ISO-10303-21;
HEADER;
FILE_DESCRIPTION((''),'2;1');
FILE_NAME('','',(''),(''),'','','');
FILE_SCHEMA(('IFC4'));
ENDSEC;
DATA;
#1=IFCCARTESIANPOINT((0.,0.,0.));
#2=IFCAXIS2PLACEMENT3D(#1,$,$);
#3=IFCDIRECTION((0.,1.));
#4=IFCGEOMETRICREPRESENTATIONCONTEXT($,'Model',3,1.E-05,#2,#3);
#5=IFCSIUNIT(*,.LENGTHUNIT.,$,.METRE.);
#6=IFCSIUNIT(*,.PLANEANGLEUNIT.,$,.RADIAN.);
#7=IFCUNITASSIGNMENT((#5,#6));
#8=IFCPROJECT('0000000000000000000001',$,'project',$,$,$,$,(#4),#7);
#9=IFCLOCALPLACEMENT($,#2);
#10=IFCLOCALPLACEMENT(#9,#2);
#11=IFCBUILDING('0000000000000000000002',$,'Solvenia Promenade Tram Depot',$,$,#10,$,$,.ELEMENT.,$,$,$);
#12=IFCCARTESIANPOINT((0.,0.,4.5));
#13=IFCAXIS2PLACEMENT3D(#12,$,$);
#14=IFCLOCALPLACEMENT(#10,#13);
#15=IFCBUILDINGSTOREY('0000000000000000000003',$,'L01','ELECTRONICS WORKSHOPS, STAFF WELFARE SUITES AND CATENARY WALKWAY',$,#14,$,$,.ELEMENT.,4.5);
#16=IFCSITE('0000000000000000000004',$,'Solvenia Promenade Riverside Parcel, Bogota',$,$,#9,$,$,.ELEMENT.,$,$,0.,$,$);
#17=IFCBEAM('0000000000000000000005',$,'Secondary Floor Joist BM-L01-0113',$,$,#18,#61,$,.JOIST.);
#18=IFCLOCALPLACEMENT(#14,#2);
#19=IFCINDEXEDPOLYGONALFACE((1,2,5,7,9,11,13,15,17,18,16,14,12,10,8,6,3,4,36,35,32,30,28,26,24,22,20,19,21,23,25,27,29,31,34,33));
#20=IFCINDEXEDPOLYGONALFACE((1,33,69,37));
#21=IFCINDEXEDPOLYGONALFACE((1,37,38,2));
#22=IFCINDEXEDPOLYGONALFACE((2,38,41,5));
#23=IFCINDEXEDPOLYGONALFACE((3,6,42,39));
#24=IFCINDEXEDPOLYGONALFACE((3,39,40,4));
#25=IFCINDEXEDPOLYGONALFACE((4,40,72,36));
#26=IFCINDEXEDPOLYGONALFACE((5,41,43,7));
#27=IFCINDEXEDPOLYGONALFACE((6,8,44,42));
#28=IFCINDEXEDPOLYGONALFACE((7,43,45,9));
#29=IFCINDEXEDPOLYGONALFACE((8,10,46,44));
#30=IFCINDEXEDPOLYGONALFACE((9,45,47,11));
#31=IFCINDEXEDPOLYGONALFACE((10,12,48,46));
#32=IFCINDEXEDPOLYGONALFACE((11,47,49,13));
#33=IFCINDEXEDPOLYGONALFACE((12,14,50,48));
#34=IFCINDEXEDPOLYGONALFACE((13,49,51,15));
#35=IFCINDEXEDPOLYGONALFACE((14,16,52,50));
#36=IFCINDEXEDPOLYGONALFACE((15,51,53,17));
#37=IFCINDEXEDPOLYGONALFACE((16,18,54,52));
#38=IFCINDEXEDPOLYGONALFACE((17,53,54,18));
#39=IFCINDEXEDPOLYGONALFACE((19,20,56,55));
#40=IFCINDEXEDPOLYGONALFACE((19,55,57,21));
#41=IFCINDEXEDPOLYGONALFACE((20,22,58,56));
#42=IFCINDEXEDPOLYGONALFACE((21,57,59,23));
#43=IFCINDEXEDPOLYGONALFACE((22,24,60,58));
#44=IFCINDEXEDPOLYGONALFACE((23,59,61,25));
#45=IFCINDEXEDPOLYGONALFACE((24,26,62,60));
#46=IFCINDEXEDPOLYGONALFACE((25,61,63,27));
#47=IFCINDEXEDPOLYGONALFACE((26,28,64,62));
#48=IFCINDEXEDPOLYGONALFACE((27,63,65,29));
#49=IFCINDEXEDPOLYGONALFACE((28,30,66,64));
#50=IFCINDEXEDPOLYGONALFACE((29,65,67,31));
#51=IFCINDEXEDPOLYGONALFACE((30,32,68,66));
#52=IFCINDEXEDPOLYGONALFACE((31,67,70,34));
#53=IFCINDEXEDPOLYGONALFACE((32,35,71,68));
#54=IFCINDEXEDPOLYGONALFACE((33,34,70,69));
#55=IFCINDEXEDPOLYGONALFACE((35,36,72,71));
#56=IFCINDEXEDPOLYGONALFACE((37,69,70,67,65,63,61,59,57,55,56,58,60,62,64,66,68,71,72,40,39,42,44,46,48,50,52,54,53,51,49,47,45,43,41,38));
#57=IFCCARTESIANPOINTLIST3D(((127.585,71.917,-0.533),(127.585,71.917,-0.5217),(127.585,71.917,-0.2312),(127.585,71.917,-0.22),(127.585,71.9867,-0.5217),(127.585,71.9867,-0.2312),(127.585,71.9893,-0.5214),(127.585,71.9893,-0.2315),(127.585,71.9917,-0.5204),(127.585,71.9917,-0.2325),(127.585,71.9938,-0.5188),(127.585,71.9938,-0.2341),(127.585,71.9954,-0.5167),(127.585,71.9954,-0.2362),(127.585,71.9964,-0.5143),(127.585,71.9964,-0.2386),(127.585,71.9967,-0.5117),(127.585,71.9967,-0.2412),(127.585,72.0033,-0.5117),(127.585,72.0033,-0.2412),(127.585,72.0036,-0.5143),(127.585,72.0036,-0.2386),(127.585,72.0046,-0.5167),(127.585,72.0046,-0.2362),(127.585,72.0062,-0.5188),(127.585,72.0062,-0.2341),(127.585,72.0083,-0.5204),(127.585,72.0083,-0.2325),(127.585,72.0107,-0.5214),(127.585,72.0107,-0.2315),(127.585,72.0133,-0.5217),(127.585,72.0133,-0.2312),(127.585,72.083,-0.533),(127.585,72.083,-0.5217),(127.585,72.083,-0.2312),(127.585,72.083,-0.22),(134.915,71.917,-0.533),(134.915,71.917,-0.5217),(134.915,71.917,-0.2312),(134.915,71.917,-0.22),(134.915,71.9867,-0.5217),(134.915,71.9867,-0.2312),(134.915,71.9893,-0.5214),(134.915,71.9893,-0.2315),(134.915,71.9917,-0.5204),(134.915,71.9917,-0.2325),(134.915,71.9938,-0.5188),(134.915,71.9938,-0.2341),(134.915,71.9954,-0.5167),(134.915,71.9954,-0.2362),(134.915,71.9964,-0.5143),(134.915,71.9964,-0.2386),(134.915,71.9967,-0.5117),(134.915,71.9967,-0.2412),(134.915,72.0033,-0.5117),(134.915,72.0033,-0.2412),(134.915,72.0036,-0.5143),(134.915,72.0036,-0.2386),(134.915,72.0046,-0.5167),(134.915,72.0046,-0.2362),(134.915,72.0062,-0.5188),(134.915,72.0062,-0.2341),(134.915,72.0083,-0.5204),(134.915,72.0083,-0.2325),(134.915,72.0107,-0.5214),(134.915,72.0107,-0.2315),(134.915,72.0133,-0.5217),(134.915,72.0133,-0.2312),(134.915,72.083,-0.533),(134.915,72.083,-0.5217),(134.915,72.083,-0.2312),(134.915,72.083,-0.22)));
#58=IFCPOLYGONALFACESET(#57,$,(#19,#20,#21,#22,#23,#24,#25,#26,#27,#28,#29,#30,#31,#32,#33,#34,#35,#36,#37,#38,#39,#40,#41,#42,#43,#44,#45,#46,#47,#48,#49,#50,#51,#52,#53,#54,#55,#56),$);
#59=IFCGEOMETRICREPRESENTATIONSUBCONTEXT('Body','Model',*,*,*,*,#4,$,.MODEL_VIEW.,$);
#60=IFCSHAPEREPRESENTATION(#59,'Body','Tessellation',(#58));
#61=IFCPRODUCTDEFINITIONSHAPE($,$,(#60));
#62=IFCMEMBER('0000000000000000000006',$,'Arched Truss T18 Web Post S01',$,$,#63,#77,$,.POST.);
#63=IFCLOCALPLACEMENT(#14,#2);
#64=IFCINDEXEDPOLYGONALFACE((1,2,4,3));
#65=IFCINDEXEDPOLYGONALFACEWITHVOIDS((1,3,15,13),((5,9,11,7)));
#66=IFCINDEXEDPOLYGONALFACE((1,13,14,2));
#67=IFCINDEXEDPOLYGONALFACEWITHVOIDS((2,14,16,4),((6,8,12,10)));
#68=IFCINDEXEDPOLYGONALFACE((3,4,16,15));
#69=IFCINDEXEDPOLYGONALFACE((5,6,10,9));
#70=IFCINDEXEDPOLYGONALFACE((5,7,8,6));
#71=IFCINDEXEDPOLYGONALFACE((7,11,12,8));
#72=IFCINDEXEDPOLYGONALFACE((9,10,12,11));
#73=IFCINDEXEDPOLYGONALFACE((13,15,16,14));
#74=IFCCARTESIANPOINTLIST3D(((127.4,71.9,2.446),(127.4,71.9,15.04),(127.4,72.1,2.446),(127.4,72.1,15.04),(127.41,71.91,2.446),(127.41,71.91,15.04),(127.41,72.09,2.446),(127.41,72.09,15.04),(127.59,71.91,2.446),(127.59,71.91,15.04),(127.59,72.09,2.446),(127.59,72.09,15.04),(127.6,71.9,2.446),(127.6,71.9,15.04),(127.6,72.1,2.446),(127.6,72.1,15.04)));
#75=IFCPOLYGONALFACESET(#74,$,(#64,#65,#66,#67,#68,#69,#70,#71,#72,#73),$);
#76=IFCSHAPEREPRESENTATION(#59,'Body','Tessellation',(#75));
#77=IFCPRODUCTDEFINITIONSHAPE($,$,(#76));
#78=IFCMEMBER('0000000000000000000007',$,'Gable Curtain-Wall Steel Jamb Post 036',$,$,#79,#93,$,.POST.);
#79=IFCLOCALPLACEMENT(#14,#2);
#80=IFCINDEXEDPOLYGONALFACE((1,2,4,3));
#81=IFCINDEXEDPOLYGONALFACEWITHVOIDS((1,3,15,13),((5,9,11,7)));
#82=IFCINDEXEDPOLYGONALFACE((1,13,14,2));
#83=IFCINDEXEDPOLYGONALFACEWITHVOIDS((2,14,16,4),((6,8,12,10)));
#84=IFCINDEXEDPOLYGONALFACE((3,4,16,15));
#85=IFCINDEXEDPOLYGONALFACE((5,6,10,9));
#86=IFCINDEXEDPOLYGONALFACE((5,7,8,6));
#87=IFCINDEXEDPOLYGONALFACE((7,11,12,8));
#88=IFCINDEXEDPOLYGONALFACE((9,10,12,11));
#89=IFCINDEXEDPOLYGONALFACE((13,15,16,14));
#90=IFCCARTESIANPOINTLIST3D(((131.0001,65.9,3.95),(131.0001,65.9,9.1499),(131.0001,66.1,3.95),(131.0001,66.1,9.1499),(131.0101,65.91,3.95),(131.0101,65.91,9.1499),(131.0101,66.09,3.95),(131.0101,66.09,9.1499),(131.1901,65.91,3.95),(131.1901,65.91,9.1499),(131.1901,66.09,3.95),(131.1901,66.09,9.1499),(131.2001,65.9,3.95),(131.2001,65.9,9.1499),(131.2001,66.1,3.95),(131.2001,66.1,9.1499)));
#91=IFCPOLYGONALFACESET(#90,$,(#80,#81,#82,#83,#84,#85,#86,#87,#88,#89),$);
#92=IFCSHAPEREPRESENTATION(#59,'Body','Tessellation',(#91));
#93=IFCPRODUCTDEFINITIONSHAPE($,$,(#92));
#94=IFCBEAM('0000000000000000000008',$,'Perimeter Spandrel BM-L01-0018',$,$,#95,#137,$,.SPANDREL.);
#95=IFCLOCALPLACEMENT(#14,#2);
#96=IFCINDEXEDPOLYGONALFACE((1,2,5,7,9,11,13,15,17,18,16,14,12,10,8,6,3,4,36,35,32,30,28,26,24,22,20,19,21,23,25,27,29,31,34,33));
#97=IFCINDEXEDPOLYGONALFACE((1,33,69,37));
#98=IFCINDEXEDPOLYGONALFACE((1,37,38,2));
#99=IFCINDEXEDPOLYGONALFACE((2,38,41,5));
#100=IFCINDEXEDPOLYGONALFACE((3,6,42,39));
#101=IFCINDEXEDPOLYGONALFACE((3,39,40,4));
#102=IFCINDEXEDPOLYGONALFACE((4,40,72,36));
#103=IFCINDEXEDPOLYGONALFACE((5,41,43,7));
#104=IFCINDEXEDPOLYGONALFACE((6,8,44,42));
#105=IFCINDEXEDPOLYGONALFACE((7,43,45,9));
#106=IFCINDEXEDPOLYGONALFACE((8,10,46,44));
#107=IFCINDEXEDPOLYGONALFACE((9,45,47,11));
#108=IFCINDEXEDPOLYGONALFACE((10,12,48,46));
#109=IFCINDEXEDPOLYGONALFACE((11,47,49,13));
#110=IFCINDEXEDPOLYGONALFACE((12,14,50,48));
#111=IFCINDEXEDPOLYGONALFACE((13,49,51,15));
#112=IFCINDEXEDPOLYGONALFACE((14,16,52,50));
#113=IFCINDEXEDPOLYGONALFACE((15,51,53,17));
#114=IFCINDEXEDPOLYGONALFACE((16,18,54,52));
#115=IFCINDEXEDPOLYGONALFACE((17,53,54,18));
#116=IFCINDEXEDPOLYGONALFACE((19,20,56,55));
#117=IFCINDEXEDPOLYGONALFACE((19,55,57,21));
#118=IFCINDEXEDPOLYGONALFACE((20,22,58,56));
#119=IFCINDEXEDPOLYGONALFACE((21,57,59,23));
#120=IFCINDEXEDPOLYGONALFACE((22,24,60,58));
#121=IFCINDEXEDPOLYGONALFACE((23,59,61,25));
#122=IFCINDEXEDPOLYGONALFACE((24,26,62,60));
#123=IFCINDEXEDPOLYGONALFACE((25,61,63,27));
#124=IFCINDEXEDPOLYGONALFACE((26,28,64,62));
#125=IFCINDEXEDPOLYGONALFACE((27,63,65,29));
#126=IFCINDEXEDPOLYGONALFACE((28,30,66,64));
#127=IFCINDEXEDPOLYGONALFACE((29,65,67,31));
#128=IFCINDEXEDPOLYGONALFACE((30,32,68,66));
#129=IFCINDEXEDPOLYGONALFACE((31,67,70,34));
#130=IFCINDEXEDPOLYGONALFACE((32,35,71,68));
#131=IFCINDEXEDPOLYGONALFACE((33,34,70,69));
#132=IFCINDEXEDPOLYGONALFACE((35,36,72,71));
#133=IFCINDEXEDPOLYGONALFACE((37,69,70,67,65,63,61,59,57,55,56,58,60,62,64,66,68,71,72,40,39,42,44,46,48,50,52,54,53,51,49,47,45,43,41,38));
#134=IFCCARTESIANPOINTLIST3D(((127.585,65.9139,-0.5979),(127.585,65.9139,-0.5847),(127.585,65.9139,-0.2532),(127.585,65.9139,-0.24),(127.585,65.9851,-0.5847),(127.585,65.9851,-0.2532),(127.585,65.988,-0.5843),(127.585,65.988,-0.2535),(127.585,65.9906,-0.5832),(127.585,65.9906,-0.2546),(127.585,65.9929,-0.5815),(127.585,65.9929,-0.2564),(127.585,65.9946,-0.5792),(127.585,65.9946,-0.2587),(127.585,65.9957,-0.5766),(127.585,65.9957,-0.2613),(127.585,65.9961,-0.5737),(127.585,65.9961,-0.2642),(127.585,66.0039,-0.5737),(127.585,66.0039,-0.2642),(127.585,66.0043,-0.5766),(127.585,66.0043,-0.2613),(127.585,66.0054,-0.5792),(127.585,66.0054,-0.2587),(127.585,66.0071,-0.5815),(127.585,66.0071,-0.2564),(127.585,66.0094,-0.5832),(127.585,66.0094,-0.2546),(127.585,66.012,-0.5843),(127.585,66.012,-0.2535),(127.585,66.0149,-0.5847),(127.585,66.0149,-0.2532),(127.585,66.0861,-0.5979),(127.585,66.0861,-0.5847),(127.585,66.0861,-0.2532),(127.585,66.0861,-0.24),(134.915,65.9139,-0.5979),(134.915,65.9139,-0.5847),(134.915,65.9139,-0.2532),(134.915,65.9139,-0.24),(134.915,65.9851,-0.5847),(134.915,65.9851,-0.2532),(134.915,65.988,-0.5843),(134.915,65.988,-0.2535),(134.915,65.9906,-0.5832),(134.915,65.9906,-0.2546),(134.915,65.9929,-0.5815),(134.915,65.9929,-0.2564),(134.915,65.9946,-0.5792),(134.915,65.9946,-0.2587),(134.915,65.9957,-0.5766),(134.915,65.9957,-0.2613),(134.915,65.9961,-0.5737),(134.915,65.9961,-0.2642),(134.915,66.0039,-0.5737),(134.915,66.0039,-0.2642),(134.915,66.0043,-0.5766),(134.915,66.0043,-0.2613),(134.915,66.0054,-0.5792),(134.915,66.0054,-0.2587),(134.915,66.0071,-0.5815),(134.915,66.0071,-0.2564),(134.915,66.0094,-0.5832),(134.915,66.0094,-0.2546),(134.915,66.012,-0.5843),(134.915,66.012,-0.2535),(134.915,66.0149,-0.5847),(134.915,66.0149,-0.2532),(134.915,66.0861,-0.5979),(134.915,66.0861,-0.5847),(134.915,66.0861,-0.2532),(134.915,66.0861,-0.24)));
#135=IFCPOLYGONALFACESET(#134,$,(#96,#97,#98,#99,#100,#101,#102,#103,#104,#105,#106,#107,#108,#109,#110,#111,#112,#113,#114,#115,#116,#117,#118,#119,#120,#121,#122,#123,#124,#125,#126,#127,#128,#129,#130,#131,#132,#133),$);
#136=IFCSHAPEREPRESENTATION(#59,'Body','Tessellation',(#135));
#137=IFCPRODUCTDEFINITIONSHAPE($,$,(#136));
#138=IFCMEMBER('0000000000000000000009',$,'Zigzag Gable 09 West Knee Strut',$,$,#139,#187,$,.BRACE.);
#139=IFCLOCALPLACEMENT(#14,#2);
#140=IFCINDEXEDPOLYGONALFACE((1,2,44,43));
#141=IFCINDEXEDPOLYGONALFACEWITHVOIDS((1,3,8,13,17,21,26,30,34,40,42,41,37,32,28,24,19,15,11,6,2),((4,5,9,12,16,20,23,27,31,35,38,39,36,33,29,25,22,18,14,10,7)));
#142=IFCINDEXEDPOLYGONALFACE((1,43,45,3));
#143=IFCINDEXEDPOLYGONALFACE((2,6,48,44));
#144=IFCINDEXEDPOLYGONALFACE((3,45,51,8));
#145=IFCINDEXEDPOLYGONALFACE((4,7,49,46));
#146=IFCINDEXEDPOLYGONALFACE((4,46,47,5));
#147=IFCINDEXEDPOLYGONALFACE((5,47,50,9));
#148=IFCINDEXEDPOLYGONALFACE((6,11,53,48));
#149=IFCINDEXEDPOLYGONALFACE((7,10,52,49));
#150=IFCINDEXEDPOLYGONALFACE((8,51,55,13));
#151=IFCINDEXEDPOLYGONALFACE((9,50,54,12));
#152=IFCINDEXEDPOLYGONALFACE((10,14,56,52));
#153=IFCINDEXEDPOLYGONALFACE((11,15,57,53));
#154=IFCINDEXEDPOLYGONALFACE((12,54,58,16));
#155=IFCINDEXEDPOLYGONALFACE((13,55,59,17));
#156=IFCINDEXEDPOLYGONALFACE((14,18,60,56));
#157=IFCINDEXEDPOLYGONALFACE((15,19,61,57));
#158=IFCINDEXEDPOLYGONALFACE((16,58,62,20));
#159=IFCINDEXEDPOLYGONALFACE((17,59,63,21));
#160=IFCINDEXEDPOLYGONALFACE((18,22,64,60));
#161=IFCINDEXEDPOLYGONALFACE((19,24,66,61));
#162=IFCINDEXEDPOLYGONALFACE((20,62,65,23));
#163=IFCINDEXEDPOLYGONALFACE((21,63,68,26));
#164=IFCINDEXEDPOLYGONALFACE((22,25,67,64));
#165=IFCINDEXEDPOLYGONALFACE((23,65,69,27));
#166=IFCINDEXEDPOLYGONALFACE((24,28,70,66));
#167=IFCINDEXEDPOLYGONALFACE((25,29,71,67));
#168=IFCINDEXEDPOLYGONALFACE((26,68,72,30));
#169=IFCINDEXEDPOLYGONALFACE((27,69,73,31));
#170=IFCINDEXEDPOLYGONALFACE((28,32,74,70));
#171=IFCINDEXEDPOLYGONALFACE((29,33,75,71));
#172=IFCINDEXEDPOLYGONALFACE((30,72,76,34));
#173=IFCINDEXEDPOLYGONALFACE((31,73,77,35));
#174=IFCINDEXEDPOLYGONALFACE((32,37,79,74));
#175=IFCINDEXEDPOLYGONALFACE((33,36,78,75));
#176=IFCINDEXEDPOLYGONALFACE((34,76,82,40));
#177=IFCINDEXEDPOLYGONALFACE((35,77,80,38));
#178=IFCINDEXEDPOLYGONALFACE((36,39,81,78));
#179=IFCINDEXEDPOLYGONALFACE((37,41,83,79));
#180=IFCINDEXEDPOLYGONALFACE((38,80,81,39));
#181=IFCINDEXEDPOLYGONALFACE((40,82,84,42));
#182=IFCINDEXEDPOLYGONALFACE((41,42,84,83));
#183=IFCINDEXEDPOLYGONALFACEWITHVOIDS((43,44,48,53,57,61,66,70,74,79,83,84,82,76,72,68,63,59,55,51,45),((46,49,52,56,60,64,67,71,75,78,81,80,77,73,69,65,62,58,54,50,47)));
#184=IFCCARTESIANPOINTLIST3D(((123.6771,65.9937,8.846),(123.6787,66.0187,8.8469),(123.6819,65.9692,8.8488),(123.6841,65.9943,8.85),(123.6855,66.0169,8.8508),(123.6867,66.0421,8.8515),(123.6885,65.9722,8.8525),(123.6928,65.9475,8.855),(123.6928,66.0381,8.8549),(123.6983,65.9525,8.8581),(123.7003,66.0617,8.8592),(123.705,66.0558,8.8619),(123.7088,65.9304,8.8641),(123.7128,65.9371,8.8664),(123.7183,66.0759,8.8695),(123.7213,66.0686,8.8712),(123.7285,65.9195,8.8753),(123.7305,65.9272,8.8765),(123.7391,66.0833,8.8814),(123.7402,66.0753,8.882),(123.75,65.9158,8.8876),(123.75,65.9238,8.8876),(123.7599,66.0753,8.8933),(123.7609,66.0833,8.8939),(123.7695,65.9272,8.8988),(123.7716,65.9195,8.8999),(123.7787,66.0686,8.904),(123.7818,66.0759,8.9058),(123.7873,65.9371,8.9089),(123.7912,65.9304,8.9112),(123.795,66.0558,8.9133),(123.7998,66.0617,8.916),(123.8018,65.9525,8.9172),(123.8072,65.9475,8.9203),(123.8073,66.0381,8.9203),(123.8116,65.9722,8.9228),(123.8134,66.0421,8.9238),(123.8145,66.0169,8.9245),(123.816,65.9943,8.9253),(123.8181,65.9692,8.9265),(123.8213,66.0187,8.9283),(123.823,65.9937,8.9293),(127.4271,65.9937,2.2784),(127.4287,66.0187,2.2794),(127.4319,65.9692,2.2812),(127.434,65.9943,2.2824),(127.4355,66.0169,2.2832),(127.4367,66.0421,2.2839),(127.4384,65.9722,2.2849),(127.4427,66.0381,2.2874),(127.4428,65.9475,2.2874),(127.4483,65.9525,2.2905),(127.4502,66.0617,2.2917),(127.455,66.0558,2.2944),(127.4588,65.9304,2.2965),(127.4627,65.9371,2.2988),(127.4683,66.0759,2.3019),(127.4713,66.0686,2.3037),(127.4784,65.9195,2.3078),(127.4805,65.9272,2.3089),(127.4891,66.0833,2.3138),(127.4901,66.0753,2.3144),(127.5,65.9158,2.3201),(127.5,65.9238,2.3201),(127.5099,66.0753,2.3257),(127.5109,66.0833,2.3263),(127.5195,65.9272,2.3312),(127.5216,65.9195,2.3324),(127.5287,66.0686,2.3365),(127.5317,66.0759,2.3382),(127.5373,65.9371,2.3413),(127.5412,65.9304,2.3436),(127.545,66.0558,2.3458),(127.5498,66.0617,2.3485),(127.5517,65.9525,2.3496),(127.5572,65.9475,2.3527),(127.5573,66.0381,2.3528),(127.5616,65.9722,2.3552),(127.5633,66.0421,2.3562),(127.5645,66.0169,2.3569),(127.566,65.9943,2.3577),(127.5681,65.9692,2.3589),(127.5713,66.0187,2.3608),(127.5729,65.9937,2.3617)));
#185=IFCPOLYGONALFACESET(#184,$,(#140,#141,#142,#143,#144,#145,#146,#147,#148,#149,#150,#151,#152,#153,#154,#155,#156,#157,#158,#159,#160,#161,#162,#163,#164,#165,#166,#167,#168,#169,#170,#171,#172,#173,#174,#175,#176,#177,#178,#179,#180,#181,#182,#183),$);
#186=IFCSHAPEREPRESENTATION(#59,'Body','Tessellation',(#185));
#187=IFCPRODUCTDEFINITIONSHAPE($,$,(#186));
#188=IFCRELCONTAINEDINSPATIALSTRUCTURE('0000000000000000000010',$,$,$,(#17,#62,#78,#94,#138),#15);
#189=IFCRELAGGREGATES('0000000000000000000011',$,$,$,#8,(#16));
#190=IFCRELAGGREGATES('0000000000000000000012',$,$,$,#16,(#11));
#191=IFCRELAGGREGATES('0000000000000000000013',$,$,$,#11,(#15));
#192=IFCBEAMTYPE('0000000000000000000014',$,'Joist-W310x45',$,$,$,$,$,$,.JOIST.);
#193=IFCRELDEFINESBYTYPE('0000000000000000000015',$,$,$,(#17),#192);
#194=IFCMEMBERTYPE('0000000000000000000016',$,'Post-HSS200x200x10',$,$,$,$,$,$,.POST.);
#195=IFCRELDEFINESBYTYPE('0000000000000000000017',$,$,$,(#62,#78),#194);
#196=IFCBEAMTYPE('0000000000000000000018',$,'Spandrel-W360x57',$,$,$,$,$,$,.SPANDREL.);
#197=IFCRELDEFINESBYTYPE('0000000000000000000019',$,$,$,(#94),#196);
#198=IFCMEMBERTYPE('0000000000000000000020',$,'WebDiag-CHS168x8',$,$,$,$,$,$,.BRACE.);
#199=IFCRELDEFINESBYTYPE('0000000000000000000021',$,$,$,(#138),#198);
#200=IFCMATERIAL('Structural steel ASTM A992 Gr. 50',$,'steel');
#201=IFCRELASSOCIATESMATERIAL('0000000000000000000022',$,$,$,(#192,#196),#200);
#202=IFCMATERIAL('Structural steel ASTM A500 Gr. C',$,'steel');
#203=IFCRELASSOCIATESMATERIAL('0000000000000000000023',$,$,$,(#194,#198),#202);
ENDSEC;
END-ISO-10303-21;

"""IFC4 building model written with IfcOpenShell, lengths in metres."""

from ifc_helpers import new_model, si_unit, direction, frame, origin, origin_2d, place, context, subcontext, project, spatial, hollow_rectangle, hollow_circle, i_section, extrude, material, material_profile, profile_set, type_object, element, save


model = new_model("IFC4")

# Units and contexts
model_context = context("Model", 3, precision=1e-05, world=origin(), true_north=direction((0.0, 1.0)))
body_context = subcontext(model_context, "Body", "Model", "MODEL_VIEW")
ifc_project = project(units=[si_unit("LENGTHUNIT", "METRE"), si_unit("PLANEANGLEUNIT", "RADIAN")], contexts=[model_context])

# Site, building, storey
site_placement = place(None, origin())
site = spatial("IfcSite", under=ifc_project, at=site_placement, Name="Solvenia Promenade Riverside Parcel, Bogota", CompositionType="ELEMENT", RefElevation=0.0)
building_placement = place(site_placement, origin())
building = spatial("IfcBuilding", under=site, at=building_placement, Name="Solvenia Promenade Tram Depot", CompositionType="ELEMENT")
storey_placement = place(building_placement, frame((0.0, 0.0, 4.5)))
storey = spatial("IfcBuildingStorey", under=building, at=storey_placement, Name="L01", Description="ELECTRONICS WORKSHOPS, STAFF WELFARE SUITES AND CATENARY WALKWAY", CompositionType="ELEMENT", Elevation=4.5)

# Shared definitions
ifc_material_1 = material(Name="Structural steel ASTM A992 Gr. 50", Category="steel")

# Shared definitions
ifc_material_2 = material(Name="Structural steel ASTM A500 Gr. C", Category="steel")

# Beam
ifc_material_profile_1 = material_profile(ifc_material_1, i_section(OverallWidth=0.166, OverallDepth=0.313, WebThickness=0.0066, FlangeThickness=0.0112, FilletRadius=0.01, at=origin_2d()), Name="W310x45", Category="steel")
ifc_profile_set_1 = profile_set([ifc_material_profile_1], Name="Structural steel ASTM A992 Gr. 50")
beam_type_1 = type_object("IfcBeamType", Name="Joist-W310x45", PredefinedType="JOIST", material=ifc_profile_set_1)
for number, where, z_axis, x_axis, name in (
    (1, (127.585, 72.0, -0.3765), (1.0, 0.0, 0.0), (0.0, 1.0, 0.0), "Secondary Floor Joist BM-L01-0113"),
):
    element("IfcBeam", number, at=place(storey_placement, frame(where, z_axis=z_axis, x_axis=x_axis)), inside=storey, type_object=beam_type_1, Name=name, PredefinedType="JOIST", context=body_context, shape_type="SweptSolid", body=[
        extrude(i_section(OverallWidth=0.166, OverallDepth=0.313, WebThickness=0.0066, FlangeThickness=0.0112, FilletRadius=0.01, at=origin_2d()), origin(), (0.0, 0.0, 1.0), 7.3301),
    ])

# Members
ifc_material_profile_2 = material_profile(ifc_material_2, hollow_rectangle(XDim=0.2, YDim=0.2, WallThickness=0.01, at=origin_2d()), Name="HSS200x200x10", Category="steel")
ifc_profile_set_2 = profile_set([ifc_material_profile_2], Name="Structural steel ASTM A500 Gr. C")
member_type_1 = type_object("IfcMemberType", Name="Post-HSS200x200x10", PredefinedType="POST", material=ifc_profile_set_2)
member_1_placement = place(storey_placement, frame((127.5, 72.0, 2.446), z_axis=(0.0, 0.0, 1.0), x_axis=(1.0, 0.0, 0.0)))
element("IfcMember", 2, at=member_1_placement, inside=storey, type_object=member_type_1, Name="Arched Truss T18 Web Post S01", PredefinedType="POST", context=body_context, shape_type="SweptSolid", body=[
    extrude(hollow_rectangle(XDim=0.2, YDim=0.2, WallThickness=0.01, at=origin_2d()), origin(), (0.0, 0.0, 1.0), 12.594),
])
member_2_placement = place(storey_placement, frame((131.1001, 66.0, 3.95), z_axis=(0.0, 0.0, 1.0), x_axis=(1.0, 0.0, 0.0)))
element("IfcMember", 3, at=member_2_placement, inside=storey, type_object=member_type_1, Name="Gable Curtain-Wall Steel Jamb Post 036", PredefinedType="POST", context=body_context, shape_type="SweptSolid", body=[
    extrude(hollow_rectangle(XDim=0.2, YDim=0.2, WallThickness=0.01, at=origin_2d()), origin(), (0.0, 0.0, 1.0), 5.2),
])

# Beam
ifc_material_profile_3 = material_profile(ifc_material_1, i_section(OverallWidth=0.1721, OverallDepth=0.3579, WebThickness=0.0078, FlangeThickness=0.0132, FilletRadius=0.011, at=origin_2d()), Name="W360x57", Category="steel")
ifc_profile_set_3 = profile_set([ifc_material_profile_3], Name="Structural steel ASTM A992 Gr. 50")
beam_type_2 = type_object("IfcBeamType", Name="Spandrel-W360x57", PredefinedType="SPANDREL", material=ifc_profile_set_3)
beam_1_placement = place(storey_placement, frame((127.585, 66.0, -0.4189), z_axis=(1.0, 0.0, 0.0), x_axis=(0.0, 1.0, 0.0)))
element("IfcBeam", 4, at=beam_1_placement, inside=storey, type_object=beam_type_2, Name="Perimeter Spandrel BM-L01-0018", PredefinedType="SPANDREL", context=body_context, shape_type="SweptSolid", body=[
    extrude(i_section(OverallWidth=0.1721, OverallDepth=0.3579, WebThickness=0.0078, FlangeThickness=0.0132, FilletRadius=0.011, at=origin_2d()), origin(), (0.0, 0.0, 1.0), 7.3301),
])

# Member
ifc_material_profile_4 = material_profile(ifc_material_2, hollow_circle(Radius=0.0842, WallThickness=0.0081, at=origin_2d()), Name="CHS168.3x8", Category="steel")
ifc_profile_set_4 = profile_set([ifc_material_profile_4], Name="Structural steel ASTM A500 Gr. C")
member_type_2 = type_object("IfcMemberType", Name="WebDiag-CHS168x8", PredefinedType="BRACE", material=ifc_profile_set_4)
for number, where, z_axis, x_axis, name in (
    (5, (127.5, 66.0, 2.3201), (-0.495847, 0.0, 0.86841), (0.0, -1.0, 0.0), "Zigzag Gable 09 West Knee Strut"),
):
    element("IfcMember", number, at=place(storey_placement, frame(where, z_axis=z_axis, x_axis=x_axis)), inside=storey, type_object=member_type_2, Name=name, PredefinedType="BRACE", context=body_context, shape_type="SweptSolid", body=[
        extrude(hollow_circle(Radius=0.0842, WallThickness=0.0081, at=origin_2d()), origin(), (0.0, 0.0, 1.0), 7.5627),
    ])

save(model, "model.ifc")
